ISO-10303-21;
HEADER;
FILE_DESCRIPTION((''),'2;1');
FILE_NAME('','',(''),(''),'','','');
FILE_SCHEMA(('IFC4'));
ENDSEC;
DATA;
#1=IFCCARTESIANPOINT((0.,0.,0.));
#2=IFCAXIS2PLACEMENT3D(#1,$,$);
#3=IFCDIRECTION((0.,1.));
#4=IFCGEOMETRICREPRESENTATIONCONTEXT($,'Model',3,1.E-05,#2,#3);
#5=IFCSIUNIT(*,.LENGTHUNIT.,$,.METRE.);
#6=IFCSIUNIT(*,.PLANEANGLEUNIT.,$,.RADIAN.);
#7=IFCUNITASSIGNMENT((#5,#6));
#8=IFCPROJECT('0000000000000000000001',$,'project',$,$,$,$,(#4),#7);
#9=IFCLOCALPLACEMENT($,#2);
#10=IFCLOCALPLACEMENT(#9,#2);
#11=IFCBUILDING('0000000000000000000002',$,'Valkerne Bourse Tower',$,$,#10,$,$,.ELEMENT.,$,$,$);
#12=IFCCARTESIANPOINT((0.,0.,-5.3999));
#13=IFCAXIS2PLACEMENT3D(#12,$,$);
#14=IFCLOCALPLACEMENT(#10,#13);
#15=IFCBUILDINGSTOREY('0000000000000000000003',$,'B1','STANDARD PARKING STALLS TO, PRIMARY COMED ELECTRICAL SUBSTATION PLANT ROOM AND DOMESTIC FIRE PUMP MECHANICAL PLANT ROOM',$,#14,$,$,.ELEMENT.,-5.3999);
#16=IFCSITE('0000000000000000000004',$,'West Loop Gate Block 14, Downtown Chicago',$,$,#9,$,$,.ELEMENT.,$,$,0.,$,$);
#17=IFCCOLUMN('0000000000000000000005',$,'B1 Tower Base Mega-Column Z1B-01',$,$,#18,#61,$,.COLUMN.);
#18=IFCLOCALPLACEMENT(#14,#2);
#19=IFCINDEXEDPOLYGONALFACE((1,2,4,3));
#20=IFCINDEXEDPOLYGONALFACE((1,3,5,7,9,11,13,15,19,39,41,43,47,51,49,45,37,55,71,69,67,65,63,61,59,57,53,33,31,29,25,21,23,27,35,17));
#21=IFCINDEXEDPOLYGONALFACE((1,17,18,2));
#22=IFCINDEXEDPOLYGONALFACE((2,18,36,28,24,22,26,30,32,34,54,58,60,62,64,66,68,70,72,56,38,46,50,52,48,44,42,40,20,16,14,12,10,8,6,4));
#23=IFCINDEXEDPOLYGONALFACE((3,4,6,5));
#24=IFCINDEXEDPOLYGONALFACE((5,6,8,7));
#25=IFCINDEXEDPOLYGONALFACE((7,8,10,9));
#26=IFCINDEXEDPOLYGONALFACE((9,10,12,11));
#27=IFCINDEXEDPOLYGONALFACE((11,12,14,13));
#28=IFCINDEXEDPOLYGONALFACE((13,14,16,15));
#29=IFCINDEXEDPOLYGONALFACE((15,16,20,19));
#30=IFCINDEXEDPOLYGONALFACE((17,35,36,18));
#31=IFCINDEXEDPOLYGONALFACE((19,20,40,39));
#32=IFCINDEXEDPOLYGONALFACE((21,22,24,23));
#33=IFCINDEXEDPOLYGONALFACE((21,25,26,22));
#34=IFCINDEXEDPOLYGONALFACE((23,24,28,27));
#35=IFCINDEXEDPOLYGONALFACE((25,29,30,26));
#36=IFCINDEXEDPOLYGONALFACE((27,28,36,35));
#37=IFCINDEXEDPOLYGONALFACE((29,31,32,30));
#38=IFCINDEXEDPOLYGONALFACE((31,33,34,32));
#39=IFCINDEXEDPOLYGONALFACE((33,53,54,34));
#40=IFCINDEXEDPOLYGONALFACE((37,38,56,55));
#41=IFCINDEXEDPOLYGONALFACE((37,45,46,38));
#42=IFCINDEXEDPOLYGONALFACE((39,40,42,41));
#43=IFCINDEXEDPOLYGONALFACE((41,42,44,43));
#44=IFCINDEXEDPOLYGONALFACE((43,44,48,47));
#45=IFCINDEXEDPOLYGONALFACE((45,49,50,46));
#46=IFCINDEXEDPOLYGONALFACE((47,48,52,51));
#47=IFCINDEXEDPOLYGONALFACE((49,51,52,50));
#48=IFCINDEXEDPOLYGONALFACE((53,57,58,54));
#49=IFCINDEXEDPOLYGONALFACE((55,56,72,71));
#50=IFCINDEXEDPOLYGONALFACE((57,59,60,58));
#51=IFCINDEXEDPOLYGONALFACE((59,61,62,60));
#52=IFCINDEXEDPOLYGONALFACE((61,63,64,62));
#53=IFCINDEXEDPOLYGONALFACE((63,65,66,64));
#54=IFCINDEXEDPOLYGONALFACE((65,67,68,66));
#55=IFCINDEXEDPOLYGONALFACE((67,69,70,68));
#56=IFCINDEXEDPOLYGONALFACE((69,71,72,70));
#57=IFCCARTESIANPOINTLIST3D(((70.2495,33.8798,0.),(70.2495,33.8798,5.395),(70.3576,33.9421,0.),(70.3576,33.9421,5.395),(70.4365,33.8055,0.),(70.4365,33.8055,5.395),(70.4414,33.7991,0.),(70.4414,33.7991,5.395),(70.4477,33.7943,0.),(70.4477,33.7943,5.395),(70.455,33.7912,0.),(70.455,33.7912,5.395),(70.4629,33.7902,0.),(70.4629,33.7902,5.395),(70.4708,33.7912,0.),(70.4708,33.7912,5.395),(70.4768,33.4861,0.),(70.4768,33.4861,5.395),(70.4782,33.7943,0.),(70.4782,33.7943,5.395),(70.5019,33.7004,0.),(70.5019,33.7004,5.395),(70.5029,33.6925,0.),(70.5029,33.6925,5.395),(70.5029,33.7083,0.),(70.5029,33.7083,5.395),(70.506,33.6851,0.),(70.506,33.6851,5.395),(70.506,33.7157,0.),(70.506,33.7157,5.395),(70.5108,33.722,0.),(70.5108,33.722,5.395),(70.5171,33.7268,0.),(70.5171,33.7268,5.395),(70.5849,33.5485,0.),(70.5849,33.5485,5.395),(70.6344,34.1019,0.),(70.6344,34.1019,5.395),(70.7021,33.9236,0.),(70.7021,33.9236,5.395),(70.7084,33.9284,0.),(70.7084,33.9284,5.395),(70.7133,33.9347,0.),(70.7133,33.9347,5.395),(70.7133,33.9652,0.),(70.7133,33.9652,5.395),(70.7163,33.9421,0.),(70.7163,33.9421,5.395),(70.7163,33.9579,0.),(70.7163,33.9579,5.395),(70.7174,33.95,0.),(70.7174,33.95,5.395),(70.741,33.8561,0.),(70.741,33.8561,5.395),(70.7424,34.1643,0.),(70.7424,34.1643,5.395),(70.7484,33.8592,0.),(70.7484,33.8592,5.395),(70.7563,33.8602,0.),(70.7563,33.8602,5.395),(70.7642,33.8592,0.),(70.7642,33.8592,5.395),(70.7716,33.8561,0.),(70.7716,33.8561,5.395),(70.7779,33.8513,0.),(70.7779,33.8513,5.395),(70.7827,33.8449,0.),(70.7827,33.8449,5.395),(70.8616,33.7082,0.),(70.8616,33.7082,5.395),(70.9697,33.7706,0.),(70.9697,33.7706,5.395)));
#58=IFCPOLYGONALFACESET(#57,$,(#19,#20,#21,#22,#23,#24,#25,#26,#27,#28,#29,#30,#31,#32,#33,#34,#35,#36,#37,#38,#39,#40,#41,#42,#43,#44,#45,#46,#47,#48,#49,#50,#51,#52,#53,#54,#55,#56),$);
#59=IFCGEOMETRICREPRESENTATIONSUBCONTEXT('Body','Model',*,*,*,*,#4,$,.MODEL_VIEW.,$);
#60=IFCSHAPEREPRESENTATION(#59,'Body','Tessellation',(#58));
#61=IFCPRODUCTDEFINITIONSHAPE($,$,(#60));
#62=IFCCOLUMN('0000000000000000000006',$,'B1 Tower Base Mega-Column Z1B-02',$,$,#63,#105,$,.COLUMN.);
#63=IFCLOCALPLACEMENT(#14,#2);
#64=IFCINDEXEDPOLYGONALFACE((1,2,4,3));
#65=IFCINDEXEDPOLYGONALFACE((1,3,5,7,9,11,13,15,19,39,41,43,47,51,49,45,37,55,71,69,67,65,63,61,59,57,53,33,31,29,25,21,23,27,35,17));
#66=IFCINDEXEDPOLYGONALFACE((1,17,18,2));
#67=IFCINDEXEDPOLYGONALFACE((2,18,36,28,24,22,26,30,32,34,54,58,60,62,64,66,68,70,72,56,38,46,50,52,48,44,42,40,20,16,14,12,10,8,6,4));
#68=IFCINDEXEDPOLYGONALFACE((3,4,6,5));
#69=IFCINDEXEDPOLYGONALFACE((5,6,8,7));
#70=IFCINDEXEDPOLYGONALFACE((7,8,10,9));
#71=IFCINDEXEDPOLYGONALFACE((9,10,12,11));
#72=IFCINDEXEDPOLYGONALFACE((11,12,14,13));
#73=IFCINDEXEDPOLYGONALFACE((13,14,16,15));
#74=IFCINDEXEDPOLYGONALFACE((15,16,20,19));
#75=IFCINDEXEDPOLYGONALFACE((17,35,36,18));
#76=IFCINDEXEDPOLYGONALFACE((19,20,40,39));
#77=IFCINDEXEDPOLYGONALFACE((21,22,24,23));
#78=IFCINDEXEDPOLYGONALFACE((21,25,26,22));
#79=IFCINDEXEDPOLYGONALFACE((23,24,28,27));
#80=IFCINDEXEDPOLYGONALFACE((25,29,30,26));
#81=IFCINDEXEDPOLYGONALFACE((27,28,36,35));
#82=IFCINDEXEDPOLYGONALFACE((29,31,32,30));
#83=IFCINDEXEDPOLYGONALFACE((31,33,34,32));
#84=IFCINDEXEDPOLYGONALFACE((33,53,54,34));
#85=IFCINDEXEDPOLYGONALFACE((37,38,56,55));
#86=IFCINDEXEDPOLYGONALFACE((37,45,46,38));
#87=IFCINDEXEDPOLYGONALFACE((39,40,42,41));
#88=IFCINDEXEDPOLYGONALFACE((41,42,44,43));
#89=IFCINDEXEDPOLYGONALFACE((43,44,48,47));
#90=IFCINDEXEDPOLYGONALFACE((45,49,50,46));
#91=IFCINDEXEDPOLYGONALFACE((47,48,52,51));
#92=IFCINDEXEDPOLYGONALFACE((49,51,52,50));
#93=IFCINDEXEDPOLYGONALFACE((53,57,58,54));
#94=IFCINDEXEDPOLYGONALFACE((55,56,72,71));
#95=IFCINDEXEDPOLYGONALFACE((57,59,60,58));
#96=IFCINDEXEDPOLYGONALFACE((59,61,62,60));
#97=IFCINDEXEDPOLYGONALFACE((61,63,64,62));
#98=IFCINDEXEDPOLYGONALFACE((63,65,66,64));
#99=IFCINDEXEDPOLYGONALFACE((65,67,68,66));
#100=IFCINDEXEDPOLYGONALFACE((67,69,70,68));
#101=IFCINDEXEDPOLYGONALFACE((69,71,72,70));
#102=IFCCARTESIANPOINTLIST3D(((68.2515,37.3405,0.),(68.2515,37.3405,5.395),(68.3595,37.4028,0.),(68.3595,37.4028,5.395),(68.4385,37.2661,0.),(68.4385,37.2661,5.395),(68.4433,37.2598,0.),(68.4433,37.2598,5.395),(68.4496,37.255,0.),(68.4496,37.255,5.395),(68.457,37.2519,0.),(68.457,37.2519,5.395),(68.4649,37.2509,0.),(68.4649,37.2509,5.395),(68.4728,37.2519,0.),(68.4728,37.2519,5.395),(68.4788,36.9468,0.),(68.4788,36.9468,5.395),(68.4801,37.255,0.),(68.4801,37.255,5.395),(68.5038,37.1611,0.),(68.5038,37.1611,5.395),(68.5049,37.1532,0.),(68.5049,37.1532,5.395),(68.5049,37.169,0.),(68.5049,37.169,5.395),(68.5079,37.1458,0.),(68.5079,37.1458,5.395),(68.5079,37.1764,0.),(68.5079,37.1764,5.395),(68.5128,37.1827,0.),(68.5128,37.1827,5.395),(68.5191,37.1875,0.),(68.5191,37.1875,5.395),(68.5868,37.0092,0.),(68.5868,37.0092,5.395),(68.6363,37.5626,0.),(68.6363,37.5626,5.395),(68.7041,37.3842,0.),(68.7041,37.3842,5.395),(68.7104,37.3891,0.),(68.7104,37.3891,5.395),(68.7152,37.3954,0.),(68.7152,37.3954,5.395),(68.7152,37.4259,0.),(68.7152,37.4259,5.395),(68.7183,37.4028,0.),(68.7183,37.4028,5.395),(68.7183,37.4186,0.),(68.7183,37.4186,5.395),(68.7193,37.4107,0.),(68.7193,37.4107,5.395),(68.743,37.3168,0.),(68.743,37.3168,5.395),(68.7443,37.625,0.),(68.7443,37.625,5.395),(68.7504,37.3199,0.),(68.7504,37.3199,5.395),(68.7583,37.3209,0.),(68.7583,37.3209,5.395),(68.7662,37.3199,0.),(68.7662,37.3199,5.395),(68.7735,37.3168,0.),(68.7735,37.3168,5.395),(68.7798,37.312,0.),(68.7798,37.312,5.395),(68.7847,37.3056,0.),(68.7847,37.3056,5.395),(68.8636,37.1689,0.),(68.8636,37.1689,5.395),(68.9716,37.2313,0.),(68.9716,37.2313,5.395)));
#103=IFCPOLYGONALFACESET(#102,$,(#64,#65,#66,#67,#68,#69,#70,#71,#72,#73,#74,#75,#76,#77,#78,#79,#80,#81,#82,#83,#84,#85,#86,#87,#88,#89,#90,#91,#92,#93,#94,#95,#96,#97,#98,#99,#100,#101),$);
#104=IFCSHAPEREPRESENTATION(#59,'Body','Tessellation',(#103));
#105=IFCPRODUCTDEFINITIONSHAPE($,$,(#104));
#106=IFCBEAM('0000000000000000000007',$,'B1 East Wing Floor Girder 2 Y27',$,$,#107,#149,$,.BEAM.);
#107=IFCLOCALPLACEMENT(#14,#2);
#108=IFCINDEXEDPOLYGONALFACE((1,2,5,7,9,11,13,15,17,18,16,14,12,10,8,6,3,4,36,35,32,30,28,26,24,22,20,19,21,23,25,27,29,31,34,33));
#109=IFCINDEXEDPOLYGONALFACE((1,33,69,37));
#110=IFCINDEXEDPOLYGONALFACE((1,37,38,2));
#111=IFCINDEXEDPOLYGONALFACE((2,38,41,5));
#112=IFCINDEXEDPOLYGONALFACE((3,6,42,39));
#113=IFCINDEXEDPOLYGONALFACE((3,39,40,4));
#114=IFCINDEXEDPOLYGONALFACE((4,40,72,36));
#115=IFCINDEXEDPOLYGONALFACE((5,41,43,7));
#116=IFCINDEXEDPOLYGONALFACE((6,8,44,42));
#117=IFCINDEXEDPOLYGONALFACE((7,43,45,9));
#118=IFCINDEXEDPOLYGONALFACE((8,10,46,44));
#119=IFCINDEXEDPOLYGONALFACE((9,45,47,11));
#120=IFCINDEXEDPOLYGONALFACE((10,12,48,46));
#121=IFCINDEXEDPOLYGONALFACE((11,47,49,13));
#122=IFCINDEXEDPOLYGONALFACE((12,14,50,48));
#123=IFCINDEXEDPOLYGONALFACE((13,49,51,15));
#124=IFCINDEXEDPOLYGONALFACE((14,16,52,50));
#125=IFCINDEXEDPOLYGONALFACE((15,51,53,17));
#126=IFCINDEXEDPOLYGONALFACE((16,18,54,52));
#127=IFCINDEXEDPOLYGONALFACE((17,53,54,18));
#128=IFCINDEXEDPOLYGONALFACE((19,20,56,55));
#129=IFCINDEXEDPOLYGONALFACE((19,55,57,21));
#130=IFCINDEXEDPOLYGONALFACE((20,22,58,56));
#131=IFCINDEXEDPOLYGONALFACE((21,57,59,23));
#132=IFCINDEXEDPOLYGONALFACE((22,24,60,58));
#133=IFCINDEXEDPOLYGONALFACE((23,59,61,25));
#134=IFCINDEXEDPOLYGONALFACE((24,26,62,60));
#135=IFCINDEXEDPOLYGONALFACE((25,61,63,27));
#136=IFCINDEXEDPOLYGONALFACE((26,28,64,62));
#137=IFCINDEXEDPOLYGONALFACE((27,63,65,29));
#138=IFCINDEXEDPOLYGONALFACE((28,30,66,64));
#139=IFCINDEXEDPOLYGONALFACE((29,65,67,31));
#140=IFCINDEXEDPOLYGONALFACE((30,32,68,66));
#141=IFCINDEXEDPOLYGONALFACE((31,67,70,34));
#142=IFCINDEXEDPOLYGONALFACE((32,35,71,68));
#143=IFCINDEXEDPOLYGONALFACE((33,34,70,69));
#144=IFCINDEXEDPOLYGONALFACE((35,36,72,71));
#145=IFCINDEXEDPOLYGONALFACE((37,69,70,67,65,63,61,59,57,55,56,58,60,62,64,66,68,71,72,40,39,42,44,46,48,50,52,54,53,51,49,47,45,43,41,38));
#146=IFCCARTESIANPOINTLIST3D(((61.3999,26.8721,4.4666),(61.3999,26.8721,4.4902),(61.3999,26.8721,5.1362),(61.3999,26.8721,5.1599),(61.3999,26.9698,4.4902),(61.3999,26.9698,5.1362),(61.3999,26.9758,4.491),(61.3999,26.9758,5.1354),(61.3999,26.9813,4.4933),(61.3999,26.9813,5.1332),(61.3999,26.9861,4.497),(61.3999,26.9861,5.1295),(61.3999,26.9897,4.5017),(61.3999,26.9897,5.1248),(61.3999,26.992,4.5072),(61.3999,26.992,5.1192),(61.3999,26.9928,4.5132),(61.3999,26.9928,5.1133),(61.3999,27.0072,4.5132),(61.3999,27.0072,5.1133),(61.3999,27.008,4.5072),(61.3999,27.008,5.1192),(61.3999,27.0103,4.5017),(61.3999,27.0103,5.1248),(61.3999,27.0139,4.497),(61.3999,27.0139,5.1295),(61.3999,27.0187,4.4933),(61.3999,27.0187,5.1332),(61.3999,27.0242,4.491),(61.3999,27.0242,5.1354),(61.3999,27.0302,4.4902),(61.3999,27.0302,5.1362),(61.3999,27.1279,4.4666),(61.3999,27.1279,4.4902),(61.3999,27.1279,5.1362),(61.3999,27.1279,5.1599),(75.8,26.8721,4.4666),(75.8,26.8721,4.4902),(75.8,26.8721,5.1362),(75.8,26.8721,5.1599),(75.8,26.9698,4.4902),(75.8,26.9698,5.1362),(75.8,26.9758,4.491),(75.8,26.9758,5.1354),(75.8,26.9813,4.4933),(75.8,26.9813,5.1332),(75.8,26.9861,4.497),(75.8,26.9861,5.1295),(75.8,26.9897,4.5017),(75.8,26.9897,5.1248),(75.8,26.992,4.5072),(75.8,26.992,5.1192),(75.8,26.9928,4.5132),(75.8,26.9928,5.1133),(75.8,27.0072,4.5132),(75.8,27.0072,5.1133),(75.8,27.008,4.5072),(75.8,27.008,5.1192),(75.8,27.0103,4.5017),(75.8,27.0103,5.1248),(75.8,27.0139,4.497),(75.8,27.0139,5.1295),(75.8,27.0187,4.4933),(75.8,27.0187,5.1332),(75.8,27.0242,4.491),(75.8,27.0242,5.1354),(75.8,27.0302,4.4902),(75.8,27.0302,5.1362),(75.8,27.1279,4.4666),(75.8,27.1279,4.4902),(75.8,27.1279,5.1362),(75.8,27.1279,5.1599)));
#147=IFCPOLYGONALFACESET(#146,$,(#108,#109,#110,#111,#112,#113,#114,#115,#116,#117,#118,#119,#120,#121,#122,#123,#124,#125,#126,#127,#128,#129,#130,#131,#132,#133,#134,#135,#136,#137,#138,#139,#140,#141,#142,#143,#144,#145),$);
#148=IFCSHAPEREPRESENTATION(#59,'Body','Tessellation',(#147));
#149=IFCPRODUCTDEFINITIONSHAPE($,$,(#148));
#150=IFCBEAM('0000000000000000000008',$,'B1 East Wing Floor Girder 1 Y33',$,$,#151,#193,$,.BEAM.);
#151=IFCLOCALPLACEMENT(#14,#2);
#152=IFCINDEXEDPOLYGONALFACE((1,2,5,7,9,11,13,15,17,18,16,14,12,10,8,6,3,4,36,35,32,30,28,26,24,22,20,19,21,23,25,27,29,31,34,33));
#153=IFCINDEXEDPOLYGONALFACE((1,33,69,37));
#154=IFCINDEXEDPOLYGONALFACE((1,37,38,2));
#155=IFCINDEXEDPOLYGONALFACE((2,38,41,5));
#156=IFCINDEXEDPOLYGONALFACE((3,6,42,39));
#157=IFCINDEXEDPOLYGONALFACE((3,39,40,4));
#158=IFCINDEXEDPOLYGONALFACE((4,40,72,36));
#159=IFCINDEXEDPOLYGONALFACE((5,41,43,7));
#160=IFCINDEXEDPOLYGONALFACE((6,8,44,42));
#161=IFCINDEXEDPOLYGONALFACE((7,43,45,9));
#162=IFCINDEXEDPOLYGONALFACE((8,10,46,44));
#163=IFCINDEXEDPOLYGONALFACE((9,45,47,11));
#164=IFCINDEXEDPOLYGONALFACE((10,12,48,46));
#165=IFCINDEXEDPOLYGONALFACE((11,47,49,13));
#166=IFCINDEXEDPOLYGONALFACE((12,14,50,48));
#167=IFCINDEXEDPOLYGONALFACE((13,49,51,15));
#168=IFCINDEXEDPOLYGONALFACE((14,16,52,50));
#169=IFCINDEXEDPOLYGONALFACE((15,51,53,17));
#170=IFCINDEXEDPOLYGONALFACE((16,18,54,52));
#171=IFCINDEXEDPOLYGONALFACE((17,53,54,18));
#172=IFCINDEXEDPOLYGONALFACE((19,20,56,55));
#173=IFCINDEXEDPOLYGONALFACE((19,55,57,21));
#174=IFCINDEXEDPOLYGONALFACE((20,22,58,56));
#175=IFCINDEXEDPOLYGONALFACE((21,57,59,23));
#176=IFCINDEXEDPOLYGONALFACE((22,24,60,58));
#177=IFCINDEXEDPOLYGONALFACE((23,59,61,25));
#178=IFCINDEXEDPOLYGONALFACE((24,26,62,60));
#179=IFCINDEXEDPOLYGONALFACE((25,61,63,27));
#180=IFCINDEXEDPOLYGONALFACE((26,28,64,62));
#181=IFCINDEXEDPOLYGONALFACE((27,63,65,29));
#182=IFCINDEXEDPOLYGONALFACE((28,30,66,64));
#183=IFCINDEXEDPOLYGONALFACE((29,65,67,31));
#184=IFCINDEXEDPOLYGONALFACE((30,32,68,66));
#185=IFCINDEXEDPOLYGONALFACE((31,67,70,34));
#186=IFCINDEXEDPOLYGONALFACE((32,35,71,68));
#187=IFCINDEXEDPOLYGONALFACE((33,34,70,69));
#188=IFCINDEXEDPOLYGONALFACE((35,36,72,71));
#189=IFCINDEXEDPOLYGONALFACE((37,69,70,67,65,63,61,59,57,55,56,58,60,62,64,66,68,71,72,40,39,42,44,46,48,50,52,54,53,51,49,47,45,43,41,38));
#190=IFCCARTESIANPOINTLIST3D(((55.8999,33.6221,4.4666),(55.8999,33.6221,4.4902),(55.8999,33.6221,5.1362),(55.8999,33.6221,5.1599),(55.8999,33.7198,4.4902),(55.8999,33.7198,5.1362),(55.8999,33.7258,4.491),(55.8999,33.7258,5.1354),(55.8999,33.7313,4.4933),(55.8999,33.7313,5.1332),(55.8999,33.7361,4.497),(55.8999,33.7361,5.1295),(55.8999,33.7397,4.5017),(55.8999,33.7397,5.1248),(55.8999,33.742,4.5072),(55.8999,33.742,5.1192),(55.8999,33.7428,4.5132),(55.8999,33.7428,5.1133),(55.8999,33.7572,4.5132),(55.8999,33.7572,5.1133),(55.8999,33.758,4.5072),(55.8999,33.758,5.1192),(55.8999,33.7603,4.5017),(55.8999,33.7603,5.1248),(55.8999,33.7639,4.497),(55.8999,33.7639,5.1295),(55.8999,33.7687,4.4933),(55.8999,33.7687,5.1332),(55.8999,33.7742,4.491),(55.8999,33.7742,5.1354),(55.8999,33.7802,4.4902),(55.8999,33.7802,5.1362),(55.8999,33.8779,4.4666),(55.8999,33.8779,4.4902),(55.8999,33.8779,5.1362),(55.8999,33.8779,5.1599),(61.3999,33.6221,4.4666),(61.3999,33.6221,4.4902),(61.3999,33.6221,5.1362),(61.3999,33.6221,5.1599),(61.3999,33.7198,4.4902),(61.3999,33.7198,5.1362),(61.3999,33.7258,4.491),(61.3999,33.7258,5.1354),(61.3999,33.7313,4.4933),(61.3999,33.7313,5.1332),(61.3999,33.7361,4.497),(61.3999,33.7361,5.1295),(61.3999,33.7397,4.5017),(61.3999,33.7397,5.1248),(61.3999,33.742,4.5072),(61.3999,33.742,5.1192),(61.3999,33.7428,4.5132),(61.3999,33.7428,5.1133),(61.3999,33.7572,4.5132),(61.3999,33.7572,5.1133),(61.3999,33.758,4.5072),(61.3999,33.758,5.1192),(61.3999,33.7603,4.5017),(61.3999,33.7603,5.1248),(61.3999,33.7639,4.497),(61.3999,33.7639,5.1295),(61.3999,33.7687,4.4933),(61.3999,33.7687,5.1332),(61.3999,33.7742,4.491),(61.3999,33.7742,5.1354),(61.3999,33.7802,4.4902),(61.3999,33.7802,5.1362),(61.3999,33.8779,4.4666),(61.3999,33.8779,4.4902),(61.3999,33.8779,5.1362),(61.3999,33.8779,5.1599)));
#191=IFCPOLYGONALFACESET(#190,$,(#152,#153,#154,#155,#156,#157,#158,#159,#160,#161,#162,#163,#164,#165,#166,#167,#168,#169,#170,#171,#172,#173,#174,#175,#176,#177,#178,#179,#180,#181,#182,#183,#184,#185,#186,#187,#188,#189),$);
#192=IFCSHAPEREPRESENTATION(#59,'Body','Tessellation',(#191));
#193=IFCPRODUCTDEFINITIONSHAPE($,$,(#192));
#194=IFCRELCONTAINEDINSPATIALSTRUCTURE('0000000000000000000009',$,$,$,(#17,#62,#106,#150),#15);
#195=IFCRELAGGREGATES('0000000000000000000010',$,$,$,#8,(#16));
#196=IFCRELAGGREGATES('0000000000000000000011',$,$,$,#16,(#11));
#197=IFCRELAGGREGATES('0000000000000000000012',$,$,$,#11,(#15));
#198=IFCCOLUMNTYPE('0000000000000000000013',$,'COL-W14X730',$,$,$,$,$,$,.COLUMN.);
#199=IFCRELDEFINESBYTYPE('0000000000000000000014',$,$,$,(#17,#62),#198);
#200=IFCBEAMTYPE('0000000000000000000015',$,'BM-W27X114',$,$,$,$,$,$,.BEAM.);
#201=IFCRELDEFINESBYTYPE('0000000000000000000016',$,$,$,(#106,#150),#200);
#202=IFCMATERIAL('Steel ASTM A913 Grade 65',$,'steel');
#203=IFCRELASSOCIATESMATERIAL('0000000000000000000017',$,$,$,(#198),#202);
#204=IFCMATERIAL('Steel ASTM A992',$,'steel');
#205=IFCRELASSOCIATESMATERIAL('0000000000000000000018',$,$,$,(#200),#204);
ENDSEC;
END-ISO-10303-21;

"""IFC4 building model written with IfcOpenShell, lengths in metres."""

from ifc_helpers import new_model, si_unit, direction, frame, origin, origin_2d, place, context, subcontext, project, spatial, i_section, extrude, material, material_profile, profile_set, type_object, element, save


model = new_model("IFC4")

# Units and contexts
model_context = context("Model", 3, precision=1e-05, world=origin(), true_north=direction((0.0, 1.0)))
body_context = subcontext(model_context, "Body", "Model", "MODEL_VIEW")
ifc_project = project(units=[si_unit("LENGTHUNIT", "METRE"), si_unit("PLANEANGLEUNIT", "RADIAN")], contexts=[model_context])

# Site, building, storey
site_placement = place(None, origin())
site = spatial("IfcSite", under=ifc_project, at=site_placement, Name="West Loop Gate Block 14, Downtown Chicago", CompositionType="ELEMENT", RefElevation=0.0)
building_placement = place(site_placement, origin())
building = spatial("IfcBuilding", under=site, at=building_placement, Name="Valkerne Bourse Tower", CompositionType="ELEMENT")
storey_placement = place(building_placement, frame((0.0, 0.0, -5.3999)))
storey = spatial("IfcBuildingStorey", under=building, at=storey_placement, Name="B1", Description="STANDARD PARKING STALLS TO, PRIMARY COMED ELECTRICAL SUBSTATION PLANT ROOM AND DOMESTIC FIRE PUMP MECHANICAL PLANT ROOM", CompositionType="ELEMENT", Elevation=-5.3999)

# Columns
ifc_material_1 = material(Name="Steel ASTM A913 Grade 65", Category="steel")
ifc_material_profile_1 = material_profile(ifc_material_1, i_section(OverallWidth=0.4546, OverallDepth=0.5691, WebThickness=0.0779, FlangeThickness=0.1248, FilletRadius=0.0305, at=origin_2d()), Name="W14X730")
ifc_profile_set_1 = profile_set([ifc_material_profile_1], Name="Steel ASTM A913 Grade 65")
column_type_1 = type_object("IfcColumnType", Name="COL-W14X730", PredefinedType="COLUMN", material=ifc_profile_set_1)
for number, where, z_axis, x_axis, name in (
    (1, (70.6096, 33.8252, 0.0), (0.0, 0.0, 1.0), (-0.5, 0.866025, 0.0), "B1 Tower Base Mega-Column Z1B-01"),
    (2, (68.6116, 37.2859, 0.0), (0.0, 0.0, 1.0), (-0.5, 0.866025, 0.0), "B1 Tower Base Mega-Column Z1B-02"),
):
    element("IfcColumn", number, at=place(storey_placement, frame(where, z_axis=z_axis, x_axis=x_axis)), inside=storey, type_object=column_type_1, Name=name, PredefinedType="COLUMN", context=body_context, shape_type="SweptSolid", body=[
        extrude(i_section(OverallWidth=0.4546, OverallDepth=0.5691, WebThickness=0.0779, FlangeThickness=0.1248, FilletRadius=0.0305, at=origin_2d()), origin(), (0.0, 0.0, 1.0), 5.395),
    ])

# Beams
ifc_material_2 = material(Name="Steel ASTM A992", Category="steel")
ifc_material_profile_2 = material_profile(ifc_material_2, i_section(OverallWidth=0.2559, OverallDepth=0.6934, WebThickness=0.0144, FlangeThickness=0.0237, FilletRadius=0.0229, at=origin_2d()), Name="W27X114")
ifc_profile_set_2 = profile_set([ifc_material_profile_2], Name="Steel ASTM A992")
beam_type = type_object("IfcBeamType", Name="BM-W27X114", PredefinedType="BEAM", material=ifc_profile_set_2)
beam_1_placement = place(storey_placement, frame((61.3999, 27.0, 4.8132), z_axis=(1.0, 0.0, 0.0), x_axis=(0.0, 1.0, 0.0)))
element("IfcBeam", 3, at=beam_1_placement, inside=storey, type_object=beam_type, Name="B1 East Wing Floor Girder 2 Y27", PredefinedType="BEAM", context=body_context, shape_type="SweptSolid", body=[
    extrude(i_section(OverallWidth=0.2559, OverallDepth=0.6934, WebThickness=0.0144, FlangeThickness=0.0237, FilletRadius=0.0229, at=origin_2d()), origin(), (0.0, 0.0, 1.0), 14.4001),
])
beam_2_placement = place(storey_placement, frame((55.8999, 33.75, 4.8132), z_axis=(1.0, 0.0, 0.0), x_axis=(0.0, 1.0, 0.0)))
element("IfcBeam", 4, at=beam_2_placement, inside=storey, type_object=beam_type, Name="B1 East Wing Floor Girder 1 Y33", PredefinedType="BEAM", context=body_context, shape_type="SweptSolid", body=[
    extrude(i_section(OverallWidth=0.2559, OverallDepth=0.6934, WebThickness=0.0144, FlangeThickness=0.0237, FilletRadius=0.0229, at=origin_2d()), origin(), (0.0, 0.0, 1.0), 5.5),
])

save(model, "model.ifc")
